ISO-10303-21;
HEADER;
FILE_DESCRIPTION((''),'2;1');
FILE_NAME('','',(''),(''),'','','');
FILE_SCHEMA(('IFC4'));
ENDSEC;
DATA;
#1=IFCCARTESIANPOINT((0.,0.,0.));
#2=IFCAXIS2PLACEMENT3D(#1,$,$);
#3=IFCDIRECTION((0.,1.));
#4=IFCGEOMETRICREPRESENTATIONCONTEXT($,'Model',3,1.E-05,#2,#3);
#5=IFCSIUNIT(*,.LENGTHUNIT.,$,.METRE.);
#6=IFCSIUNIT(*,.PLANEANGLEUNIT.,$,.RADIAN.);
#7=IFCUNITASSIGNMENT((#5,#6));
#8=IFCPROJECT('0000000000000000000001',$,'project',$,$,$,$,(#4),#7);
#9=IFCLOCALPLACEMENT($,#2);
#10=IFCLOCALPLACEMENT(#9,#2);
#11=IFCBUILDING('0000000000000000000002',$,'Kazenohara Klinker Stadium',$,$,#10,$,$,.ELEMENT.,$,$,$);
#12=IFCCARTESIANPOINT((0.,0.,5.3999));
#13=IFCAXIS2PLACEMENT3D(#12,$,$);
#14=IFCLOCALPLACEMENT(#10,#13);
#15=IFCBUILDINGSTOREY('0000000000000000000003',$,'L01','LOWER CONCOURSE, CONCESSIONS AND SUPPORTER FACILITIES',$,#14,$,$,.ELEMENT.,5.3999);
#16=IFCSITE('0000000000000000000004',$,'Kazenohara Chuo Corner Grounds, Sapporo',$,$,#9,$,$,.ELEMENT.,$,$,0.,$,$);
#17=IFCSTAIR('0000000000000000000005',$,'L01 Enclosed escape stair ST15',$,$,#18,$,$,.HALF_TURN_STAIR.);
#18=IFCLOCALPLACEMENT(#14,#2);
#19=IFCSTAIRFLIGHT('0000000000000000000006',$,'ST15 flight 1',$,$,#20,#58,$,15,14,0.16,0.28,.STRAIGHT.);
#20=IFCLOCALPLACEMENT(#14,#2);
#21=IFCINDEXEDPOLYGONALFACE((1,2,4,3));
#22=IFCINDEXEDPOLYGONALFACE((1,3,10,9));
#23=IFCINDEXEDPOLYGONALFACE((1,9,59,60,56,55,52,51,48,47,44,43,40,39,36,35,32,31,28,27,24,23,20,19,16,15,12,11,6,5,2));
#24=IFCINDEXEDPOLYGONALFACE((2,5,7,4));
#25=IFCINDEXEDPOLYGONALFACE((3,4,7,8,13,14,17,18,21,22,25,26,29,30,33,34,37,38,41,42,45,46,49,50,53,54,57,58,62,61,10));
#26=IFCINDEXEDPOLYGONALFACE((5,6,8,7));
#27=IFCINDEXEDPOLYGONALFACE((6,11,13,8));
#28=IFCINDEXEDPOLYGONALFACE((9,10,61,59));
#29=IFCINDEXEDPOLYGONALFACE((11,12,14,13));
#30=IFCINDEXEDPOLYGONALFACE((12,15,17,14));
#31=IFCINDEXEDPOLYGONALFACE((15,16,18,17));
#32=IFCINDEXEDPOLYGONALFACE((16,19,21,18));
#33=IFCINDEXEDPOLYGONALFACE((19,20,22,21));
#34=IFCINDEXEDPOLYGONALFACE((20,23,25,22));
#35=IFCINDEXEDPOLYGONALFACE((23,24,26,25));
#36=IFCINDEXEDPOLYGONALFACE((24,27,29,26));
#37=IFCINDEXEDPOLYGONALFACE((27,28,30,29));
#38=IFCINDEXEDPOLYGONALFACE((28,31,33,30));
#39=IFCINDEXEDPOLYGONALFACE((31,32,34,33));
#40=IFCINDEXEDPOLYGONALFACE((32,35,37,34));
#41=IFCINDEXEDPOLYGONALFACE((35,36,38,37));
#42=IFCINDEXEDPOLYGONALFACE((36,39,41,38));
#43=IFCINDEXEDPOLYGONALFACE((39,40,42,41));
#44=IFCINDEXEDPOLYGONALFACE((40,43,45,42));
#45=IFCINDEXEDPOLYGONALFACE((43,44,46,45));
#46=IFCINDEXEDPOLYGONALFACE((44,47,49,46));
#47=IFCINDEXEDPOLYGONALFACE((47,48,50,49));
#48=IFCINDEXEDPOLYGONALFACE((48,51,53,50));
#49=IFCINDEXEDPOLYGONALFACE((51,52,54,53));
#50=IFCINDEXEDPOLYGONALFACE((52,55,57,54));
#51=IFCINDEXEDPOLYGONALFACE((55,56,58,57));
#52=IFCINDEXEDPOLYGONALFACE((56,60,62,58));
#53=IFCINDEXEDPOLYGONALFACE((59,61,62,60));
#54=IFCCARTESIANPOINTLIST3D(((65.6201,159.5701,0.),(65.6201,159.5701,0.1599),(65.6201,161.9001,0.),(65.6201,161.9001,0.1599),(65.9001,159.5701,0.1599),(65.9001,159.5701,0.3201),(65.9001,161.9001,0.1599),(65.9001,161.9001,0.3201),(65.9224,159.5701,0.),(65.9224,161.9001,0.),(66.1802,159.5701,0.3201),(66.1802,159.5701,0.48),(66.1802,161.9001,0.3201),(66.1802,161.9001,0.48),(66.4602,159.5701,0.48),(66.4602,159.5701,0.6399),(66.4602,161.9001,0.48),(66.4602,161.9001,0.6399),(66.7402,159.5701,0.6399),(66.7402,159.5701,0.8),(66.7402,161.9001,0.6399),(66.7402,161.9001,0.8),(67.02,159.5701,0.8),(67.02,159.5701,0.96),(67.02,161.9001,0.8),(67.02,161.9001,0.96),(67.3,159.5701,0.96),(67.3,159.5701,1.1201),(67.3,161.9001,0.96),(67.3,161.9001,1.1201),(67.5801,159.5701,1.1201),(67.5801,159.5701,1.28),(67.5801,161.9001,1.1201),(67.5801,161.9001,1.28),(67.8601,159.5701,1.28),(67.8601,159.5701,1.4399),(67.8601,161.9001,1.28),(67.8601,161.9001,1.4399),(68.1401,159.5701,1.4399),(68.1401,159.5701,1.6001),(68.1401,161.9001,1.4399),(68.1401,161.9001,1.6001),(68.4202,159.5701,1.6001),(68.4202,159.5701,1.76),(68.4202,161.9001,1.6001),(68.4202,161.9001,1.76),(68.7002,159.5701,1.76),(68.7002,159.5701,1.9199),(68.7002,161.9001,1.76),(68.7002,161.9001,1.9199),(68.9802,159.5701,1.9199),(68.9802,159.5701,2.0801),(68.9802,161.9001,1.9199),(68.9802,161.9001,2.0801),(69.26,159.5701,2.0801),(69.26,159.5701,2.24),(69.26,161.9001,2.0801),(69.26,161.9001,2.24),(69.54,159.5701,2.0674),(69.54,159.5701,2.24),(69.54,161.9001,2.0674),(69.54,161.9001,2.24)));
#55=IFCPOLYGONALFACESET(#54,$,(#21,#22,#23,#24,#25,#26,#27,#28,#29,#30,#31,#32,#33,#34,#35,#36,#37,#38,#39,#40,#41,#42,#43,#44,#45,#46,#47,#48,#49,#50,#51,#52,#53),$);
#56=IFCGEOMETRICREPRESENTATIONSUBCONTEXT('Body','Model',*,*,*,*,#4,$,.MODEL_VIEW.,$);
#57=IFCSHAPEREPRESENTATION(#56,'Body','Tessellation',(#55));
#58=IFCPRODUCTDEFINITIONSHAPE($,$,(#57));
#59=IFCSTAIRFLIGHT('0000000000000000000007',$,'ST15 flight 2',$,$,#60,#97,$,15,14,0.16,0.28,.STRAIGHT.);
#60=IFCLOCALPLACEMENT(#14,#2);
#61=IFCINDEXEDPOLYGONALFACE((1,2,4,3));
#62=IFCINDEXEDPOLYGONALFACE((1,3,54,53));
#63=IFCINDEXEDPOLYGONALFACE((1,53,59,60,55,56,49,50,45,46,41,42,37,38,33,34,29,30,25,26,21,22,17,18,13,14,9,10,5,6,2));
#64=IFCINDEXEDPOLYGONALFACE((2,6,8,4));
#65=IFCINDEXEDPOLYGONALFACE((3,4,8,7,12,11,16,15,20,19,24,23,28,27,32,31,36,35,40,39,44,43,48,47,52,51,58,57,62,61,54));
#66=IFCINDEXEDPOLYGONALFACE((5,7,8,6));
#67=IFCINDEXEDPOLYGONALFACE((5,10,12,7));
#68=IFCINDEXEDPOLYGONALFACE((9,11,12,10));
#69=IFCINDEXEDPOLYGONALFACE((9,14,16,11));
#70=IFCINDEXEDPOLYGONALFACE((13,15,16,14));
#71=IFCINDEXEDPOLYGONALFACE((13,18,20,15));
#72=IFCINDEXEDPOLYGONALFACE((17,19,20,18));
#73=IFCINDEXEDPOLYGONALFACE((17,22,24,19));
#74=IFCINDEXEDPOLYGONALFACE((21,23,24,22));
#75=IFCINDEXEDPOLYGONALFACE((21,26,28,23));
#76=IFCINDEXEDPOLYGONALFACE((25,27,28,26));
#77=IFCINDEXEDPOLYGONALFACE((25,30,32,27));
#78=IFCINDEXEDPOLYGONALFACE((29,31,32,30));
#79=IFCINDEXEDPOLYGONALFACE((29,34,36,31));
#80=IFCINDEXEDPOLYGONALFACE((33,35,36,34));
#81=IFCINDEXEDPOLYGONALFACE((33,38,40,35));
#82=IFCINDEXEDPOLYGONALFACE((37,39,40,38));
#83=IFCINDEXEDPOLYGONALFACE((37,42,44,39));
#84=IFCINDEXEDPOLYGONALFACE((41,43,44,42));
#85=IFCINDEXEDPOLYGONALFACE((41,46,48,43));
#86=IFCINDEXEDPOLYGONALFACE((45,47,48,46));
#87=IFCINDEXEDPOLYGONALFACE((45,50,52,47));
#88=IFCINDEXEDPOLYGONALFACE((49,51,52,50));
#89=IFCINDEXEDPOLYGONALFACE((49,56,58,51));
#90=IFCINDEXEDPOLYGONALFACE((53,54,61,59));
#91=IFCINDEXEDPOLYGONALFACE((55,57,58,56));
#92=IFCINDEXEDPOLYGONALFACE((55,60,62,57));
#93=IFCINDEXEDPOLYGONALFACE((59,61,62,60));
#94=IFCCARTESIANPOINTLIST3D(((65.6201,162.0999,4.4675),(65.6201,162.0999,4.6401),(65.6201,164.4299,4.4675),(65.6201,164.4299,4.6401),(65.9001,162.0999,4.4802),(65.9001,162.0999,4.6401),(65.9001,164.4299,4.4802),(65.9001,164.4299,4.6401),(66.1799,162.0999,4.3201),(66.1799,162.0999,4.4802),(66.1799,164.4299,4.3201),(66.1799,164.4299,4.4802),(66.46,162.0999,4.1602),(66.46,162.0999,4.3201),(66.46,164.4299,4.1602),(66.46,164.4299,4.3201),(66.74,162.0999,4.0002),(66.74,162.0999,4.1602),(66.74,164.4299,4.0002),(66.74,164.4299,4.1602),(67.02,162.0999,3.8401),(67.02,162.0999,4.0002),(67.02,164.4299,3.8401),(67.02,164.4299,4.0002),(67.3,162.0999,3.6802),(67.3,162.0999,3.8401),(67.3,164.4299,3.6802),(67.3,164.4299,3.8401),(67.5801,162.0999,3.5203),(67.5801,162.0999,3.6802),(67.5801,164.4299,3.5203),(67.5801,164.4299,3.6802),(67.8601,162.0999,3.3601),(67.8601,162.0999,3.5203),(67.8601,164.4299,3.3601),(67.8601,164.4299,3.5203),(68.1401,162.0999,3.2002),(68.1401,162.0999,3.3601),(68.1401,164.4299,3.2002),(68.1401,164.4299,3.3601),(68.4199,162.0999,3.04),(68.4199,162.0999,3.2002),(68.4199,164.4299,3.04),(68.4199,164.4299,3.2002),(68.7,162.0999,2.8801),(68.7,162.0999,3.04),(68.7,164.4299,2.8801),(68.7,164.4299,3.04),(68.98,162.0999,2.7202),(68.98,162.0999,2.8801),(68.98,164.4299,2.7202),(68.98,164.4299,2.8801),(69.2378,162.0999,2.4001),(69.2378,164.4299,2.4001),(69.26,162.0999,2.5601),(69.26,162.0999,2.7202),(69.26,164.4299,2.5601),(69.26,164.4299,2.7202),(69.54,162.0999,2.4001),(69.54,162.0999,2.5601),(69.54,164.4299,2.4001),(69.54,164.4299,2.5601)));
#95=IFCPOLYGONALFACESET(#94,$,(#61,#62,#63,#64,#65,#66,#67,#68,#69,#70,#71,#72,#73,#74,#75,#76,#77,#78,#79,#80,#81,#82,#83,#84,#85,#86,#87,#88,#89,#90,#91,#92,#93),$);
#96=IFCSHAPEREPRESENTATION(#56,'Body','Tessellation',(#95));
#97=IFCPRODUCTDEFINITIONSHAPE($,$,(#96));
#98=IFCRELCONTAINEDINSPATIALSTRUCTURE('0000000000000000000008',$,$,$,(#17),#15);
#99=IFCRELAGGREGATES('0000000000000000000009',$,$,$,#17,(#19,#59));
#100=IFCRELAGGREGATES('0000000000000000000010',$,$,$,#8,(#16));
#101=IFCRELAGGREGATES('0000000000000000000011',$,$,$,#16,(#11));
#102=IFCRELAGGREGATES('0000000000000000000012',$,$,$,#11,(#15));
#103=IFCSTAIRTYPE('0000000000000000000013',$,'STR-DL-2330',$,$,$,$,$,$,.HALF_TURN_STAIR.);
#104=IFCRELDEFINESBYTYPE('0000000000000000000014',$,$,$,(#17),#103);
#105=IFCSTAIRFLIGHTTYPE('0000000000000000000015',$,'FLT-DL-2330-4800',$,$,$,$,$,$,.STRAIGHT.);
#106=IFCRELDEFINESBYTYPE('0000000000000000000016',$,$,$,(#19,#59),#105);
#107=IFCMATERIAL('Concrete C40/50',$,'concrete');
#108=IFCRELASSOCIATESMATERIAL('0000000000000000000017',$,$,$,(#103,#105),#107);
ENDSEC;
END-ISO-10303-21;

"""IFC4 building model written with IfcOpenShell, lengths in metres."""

from ifc_helpers import new_model, si_unit, direction, frame, origin, place, context, subcontext, project, spatial, polyline, outline, extrude, material, type_object, element, aggregate, save


model = new_model("IFC4")

# Units and contexts
model_context = context("Model", 3, precision=1e-05, world=origin(), true_north=direction((0.0, 1.0)))
body_context = subcontext(model_context, "Body", "Model", "MODEL_VIEW")
ifc_project = project(units=[si_unit("LENGTHUNIT", "METRE"), si_unit("PLANEANGLEUNIT", "RADIAN")], contexts=[model_context])

# Site, building, storey
site_placement = place(None, origin())
site = spatial("IfcSite", under=ifc_project, at=site_placement, Name="Kazenohara Chuo Corner Grounds, Sapporo", CompositionType="ELEMENT", RefElevation=0.0)
building_placement = place(site_placement, origin())
building = spatial("IfcBuilding", under=site, at=building_placement, Name="Kazenohara Klinker Stadium", CompositionType="ELEMENT")
storey_placement = place(building_placement, frame((0.0, 0.0, 5.3999)))
storey = spatial("IfcBuildingStorey", under=building, at=storey_placement, Name="L01", Description="LOWER CONCOURSE, CONCESSIONS AND SUPPORTER FACILITIES", CompositionType="ELEMENT", Elevation=5.3999)

# Shared definitions
ifc_material_1 = material(Name="Concrete C40/50", Category="concrete")

# Stair, stair flights
stair_type = type_object("IfcStairType", Name="STR-DL-2330", PredefinedType="HALF_TURN_STAIR", material=ifc_material_1)
stair_placement = place(storey_placement, origin())
stair = element("IfcStair", 1, at=stair_placement, inside=storey, type_object=stair_type, Name="L01 Enclosed escape stair ST15", PredefinedType="HALF_TURN_STAIR")
stair_flight_type = type_object("IfcStairFlightType", Name="FLT-DL-2330-4800", PredefinedType="STRAIGHT", material=ifc_material_1)
stair_flight_1_placement = place(storey_placement, frame((65.6201, 160.7351, 0.0), z_axis=(0.0, 0.0, 1.0), x_axis=(1.0, 0.0, 0.0)))
stair_flight_1 = element("IfcStairFlight", 2, at=stair_flight_1_placement, type_object=stair_flight_type, Name="ST15 flight 1", NumberOfRisers=15, NumberOfTreads=14, PredefinedType="STRAIGHT", RiserHeight=0.16, TreadLength=0.28, context=body_context, shape_type="SweptSolid", body=[
    extrude(outline(polyline([(0.0, 0.0), (0.0, 0.1599), (0.28, 0.1599), (0.28, 0.3201), (0.5601, 0.3201), (0.5601, 0.48), (0.8401, 0.48), (0.8401, 0.6399), (1.1201, 0.6399), (1.1201, 0.8), (1.3999, 0.8), (1.3999, 0.96), (1.6799, 0.96), (1.6799, 1.1201), (1.96, 1.1201), (1.96, 1.28), (2.24, 1.28), (2.24, 1.4399), (2.52, 1.4399), (2.52, 1.6001), (2.8, 1.6001), (2.8, 1.76), (3.0801, 1.76), (3.0801, 1.9199), (3.3601, 1.9199), (3.3601, 2.0801), (3.6399, 2.0801), (3.6399, 2.24), (3.9199, 2.24), (3.9199, 2.3999), (3.9199, 2.0674), (0.3022, 0.0), (0.0, 0.0)])), frame((0.0, 1.165, 0.0), z_axis=(0.0, -1.0, 0.0), x_axis=(1.0, 0.0, 0.0)), (0.0, 0.0, 1.0), 2.3301),
])
stair_flight_2_placement = place(storey_placement, frame((69.54, 163.2649, 2.4001), z_axis=(0.0, 0.0, 1.0), x_axis=(-1.0, 0.0, 0.0)))
stair_flight_2 = element("IfcStairFlight", 3, at=stair_flight_2_placement, type_object=stair_flight_type, Name="ST15 flight 2", NumberOfRisers=15, NumberOfTreads=14, PredefinedType="STRAIGHT", RiserHeight=0.16, TreadLength=0.28, context=body_context, shape_type="SweptSolid", body=[
    extrude(outline(polyline([(0.0, 0.0), (0.0, 0.1599), (0.28, 0.1599), (0.28, 0.3201), (0.5601, 0.3201), (0.5601, 0.48), (0.8401, 0.48), (0.8401, 0.6399), (1.1201, 0.6399), (1.1201, 0.8), (1.3999, 0.8), (1.3999, 0.96), (1.6799, 0.96), (1.6799, 1.1201), (1.96, 1.1201), (1.96, 1.28), (2.24, 1.28), (2.24, 1.4399), (2.52, 1.4399), (2.52, 1.6001), (2.8, 1.6001), (2.8, 1.76), (3.0801, 1.76), (3.0801, 1.9199), (3.3601, 1.9199), (3.3601, 2.0801), (3.6399, 2.0801), (3.6399, 2.24), (3.9199, 2.24), (3.9199, 2.3999), (3.9199, 2.0674), (0.3022, 0.0), (0.0, 0.0)])), frame((0.0, 1.165, 0.0), z_axis=(0.0, -1.0, 0.0), x_axis=(1.0, 0.0, 0.0)), (0.0, 0.0, 1.0), 2.3301),
])
aggregate(stair, [stair_flight_1, stair_flight_2])

save(model, "model.ifc")
